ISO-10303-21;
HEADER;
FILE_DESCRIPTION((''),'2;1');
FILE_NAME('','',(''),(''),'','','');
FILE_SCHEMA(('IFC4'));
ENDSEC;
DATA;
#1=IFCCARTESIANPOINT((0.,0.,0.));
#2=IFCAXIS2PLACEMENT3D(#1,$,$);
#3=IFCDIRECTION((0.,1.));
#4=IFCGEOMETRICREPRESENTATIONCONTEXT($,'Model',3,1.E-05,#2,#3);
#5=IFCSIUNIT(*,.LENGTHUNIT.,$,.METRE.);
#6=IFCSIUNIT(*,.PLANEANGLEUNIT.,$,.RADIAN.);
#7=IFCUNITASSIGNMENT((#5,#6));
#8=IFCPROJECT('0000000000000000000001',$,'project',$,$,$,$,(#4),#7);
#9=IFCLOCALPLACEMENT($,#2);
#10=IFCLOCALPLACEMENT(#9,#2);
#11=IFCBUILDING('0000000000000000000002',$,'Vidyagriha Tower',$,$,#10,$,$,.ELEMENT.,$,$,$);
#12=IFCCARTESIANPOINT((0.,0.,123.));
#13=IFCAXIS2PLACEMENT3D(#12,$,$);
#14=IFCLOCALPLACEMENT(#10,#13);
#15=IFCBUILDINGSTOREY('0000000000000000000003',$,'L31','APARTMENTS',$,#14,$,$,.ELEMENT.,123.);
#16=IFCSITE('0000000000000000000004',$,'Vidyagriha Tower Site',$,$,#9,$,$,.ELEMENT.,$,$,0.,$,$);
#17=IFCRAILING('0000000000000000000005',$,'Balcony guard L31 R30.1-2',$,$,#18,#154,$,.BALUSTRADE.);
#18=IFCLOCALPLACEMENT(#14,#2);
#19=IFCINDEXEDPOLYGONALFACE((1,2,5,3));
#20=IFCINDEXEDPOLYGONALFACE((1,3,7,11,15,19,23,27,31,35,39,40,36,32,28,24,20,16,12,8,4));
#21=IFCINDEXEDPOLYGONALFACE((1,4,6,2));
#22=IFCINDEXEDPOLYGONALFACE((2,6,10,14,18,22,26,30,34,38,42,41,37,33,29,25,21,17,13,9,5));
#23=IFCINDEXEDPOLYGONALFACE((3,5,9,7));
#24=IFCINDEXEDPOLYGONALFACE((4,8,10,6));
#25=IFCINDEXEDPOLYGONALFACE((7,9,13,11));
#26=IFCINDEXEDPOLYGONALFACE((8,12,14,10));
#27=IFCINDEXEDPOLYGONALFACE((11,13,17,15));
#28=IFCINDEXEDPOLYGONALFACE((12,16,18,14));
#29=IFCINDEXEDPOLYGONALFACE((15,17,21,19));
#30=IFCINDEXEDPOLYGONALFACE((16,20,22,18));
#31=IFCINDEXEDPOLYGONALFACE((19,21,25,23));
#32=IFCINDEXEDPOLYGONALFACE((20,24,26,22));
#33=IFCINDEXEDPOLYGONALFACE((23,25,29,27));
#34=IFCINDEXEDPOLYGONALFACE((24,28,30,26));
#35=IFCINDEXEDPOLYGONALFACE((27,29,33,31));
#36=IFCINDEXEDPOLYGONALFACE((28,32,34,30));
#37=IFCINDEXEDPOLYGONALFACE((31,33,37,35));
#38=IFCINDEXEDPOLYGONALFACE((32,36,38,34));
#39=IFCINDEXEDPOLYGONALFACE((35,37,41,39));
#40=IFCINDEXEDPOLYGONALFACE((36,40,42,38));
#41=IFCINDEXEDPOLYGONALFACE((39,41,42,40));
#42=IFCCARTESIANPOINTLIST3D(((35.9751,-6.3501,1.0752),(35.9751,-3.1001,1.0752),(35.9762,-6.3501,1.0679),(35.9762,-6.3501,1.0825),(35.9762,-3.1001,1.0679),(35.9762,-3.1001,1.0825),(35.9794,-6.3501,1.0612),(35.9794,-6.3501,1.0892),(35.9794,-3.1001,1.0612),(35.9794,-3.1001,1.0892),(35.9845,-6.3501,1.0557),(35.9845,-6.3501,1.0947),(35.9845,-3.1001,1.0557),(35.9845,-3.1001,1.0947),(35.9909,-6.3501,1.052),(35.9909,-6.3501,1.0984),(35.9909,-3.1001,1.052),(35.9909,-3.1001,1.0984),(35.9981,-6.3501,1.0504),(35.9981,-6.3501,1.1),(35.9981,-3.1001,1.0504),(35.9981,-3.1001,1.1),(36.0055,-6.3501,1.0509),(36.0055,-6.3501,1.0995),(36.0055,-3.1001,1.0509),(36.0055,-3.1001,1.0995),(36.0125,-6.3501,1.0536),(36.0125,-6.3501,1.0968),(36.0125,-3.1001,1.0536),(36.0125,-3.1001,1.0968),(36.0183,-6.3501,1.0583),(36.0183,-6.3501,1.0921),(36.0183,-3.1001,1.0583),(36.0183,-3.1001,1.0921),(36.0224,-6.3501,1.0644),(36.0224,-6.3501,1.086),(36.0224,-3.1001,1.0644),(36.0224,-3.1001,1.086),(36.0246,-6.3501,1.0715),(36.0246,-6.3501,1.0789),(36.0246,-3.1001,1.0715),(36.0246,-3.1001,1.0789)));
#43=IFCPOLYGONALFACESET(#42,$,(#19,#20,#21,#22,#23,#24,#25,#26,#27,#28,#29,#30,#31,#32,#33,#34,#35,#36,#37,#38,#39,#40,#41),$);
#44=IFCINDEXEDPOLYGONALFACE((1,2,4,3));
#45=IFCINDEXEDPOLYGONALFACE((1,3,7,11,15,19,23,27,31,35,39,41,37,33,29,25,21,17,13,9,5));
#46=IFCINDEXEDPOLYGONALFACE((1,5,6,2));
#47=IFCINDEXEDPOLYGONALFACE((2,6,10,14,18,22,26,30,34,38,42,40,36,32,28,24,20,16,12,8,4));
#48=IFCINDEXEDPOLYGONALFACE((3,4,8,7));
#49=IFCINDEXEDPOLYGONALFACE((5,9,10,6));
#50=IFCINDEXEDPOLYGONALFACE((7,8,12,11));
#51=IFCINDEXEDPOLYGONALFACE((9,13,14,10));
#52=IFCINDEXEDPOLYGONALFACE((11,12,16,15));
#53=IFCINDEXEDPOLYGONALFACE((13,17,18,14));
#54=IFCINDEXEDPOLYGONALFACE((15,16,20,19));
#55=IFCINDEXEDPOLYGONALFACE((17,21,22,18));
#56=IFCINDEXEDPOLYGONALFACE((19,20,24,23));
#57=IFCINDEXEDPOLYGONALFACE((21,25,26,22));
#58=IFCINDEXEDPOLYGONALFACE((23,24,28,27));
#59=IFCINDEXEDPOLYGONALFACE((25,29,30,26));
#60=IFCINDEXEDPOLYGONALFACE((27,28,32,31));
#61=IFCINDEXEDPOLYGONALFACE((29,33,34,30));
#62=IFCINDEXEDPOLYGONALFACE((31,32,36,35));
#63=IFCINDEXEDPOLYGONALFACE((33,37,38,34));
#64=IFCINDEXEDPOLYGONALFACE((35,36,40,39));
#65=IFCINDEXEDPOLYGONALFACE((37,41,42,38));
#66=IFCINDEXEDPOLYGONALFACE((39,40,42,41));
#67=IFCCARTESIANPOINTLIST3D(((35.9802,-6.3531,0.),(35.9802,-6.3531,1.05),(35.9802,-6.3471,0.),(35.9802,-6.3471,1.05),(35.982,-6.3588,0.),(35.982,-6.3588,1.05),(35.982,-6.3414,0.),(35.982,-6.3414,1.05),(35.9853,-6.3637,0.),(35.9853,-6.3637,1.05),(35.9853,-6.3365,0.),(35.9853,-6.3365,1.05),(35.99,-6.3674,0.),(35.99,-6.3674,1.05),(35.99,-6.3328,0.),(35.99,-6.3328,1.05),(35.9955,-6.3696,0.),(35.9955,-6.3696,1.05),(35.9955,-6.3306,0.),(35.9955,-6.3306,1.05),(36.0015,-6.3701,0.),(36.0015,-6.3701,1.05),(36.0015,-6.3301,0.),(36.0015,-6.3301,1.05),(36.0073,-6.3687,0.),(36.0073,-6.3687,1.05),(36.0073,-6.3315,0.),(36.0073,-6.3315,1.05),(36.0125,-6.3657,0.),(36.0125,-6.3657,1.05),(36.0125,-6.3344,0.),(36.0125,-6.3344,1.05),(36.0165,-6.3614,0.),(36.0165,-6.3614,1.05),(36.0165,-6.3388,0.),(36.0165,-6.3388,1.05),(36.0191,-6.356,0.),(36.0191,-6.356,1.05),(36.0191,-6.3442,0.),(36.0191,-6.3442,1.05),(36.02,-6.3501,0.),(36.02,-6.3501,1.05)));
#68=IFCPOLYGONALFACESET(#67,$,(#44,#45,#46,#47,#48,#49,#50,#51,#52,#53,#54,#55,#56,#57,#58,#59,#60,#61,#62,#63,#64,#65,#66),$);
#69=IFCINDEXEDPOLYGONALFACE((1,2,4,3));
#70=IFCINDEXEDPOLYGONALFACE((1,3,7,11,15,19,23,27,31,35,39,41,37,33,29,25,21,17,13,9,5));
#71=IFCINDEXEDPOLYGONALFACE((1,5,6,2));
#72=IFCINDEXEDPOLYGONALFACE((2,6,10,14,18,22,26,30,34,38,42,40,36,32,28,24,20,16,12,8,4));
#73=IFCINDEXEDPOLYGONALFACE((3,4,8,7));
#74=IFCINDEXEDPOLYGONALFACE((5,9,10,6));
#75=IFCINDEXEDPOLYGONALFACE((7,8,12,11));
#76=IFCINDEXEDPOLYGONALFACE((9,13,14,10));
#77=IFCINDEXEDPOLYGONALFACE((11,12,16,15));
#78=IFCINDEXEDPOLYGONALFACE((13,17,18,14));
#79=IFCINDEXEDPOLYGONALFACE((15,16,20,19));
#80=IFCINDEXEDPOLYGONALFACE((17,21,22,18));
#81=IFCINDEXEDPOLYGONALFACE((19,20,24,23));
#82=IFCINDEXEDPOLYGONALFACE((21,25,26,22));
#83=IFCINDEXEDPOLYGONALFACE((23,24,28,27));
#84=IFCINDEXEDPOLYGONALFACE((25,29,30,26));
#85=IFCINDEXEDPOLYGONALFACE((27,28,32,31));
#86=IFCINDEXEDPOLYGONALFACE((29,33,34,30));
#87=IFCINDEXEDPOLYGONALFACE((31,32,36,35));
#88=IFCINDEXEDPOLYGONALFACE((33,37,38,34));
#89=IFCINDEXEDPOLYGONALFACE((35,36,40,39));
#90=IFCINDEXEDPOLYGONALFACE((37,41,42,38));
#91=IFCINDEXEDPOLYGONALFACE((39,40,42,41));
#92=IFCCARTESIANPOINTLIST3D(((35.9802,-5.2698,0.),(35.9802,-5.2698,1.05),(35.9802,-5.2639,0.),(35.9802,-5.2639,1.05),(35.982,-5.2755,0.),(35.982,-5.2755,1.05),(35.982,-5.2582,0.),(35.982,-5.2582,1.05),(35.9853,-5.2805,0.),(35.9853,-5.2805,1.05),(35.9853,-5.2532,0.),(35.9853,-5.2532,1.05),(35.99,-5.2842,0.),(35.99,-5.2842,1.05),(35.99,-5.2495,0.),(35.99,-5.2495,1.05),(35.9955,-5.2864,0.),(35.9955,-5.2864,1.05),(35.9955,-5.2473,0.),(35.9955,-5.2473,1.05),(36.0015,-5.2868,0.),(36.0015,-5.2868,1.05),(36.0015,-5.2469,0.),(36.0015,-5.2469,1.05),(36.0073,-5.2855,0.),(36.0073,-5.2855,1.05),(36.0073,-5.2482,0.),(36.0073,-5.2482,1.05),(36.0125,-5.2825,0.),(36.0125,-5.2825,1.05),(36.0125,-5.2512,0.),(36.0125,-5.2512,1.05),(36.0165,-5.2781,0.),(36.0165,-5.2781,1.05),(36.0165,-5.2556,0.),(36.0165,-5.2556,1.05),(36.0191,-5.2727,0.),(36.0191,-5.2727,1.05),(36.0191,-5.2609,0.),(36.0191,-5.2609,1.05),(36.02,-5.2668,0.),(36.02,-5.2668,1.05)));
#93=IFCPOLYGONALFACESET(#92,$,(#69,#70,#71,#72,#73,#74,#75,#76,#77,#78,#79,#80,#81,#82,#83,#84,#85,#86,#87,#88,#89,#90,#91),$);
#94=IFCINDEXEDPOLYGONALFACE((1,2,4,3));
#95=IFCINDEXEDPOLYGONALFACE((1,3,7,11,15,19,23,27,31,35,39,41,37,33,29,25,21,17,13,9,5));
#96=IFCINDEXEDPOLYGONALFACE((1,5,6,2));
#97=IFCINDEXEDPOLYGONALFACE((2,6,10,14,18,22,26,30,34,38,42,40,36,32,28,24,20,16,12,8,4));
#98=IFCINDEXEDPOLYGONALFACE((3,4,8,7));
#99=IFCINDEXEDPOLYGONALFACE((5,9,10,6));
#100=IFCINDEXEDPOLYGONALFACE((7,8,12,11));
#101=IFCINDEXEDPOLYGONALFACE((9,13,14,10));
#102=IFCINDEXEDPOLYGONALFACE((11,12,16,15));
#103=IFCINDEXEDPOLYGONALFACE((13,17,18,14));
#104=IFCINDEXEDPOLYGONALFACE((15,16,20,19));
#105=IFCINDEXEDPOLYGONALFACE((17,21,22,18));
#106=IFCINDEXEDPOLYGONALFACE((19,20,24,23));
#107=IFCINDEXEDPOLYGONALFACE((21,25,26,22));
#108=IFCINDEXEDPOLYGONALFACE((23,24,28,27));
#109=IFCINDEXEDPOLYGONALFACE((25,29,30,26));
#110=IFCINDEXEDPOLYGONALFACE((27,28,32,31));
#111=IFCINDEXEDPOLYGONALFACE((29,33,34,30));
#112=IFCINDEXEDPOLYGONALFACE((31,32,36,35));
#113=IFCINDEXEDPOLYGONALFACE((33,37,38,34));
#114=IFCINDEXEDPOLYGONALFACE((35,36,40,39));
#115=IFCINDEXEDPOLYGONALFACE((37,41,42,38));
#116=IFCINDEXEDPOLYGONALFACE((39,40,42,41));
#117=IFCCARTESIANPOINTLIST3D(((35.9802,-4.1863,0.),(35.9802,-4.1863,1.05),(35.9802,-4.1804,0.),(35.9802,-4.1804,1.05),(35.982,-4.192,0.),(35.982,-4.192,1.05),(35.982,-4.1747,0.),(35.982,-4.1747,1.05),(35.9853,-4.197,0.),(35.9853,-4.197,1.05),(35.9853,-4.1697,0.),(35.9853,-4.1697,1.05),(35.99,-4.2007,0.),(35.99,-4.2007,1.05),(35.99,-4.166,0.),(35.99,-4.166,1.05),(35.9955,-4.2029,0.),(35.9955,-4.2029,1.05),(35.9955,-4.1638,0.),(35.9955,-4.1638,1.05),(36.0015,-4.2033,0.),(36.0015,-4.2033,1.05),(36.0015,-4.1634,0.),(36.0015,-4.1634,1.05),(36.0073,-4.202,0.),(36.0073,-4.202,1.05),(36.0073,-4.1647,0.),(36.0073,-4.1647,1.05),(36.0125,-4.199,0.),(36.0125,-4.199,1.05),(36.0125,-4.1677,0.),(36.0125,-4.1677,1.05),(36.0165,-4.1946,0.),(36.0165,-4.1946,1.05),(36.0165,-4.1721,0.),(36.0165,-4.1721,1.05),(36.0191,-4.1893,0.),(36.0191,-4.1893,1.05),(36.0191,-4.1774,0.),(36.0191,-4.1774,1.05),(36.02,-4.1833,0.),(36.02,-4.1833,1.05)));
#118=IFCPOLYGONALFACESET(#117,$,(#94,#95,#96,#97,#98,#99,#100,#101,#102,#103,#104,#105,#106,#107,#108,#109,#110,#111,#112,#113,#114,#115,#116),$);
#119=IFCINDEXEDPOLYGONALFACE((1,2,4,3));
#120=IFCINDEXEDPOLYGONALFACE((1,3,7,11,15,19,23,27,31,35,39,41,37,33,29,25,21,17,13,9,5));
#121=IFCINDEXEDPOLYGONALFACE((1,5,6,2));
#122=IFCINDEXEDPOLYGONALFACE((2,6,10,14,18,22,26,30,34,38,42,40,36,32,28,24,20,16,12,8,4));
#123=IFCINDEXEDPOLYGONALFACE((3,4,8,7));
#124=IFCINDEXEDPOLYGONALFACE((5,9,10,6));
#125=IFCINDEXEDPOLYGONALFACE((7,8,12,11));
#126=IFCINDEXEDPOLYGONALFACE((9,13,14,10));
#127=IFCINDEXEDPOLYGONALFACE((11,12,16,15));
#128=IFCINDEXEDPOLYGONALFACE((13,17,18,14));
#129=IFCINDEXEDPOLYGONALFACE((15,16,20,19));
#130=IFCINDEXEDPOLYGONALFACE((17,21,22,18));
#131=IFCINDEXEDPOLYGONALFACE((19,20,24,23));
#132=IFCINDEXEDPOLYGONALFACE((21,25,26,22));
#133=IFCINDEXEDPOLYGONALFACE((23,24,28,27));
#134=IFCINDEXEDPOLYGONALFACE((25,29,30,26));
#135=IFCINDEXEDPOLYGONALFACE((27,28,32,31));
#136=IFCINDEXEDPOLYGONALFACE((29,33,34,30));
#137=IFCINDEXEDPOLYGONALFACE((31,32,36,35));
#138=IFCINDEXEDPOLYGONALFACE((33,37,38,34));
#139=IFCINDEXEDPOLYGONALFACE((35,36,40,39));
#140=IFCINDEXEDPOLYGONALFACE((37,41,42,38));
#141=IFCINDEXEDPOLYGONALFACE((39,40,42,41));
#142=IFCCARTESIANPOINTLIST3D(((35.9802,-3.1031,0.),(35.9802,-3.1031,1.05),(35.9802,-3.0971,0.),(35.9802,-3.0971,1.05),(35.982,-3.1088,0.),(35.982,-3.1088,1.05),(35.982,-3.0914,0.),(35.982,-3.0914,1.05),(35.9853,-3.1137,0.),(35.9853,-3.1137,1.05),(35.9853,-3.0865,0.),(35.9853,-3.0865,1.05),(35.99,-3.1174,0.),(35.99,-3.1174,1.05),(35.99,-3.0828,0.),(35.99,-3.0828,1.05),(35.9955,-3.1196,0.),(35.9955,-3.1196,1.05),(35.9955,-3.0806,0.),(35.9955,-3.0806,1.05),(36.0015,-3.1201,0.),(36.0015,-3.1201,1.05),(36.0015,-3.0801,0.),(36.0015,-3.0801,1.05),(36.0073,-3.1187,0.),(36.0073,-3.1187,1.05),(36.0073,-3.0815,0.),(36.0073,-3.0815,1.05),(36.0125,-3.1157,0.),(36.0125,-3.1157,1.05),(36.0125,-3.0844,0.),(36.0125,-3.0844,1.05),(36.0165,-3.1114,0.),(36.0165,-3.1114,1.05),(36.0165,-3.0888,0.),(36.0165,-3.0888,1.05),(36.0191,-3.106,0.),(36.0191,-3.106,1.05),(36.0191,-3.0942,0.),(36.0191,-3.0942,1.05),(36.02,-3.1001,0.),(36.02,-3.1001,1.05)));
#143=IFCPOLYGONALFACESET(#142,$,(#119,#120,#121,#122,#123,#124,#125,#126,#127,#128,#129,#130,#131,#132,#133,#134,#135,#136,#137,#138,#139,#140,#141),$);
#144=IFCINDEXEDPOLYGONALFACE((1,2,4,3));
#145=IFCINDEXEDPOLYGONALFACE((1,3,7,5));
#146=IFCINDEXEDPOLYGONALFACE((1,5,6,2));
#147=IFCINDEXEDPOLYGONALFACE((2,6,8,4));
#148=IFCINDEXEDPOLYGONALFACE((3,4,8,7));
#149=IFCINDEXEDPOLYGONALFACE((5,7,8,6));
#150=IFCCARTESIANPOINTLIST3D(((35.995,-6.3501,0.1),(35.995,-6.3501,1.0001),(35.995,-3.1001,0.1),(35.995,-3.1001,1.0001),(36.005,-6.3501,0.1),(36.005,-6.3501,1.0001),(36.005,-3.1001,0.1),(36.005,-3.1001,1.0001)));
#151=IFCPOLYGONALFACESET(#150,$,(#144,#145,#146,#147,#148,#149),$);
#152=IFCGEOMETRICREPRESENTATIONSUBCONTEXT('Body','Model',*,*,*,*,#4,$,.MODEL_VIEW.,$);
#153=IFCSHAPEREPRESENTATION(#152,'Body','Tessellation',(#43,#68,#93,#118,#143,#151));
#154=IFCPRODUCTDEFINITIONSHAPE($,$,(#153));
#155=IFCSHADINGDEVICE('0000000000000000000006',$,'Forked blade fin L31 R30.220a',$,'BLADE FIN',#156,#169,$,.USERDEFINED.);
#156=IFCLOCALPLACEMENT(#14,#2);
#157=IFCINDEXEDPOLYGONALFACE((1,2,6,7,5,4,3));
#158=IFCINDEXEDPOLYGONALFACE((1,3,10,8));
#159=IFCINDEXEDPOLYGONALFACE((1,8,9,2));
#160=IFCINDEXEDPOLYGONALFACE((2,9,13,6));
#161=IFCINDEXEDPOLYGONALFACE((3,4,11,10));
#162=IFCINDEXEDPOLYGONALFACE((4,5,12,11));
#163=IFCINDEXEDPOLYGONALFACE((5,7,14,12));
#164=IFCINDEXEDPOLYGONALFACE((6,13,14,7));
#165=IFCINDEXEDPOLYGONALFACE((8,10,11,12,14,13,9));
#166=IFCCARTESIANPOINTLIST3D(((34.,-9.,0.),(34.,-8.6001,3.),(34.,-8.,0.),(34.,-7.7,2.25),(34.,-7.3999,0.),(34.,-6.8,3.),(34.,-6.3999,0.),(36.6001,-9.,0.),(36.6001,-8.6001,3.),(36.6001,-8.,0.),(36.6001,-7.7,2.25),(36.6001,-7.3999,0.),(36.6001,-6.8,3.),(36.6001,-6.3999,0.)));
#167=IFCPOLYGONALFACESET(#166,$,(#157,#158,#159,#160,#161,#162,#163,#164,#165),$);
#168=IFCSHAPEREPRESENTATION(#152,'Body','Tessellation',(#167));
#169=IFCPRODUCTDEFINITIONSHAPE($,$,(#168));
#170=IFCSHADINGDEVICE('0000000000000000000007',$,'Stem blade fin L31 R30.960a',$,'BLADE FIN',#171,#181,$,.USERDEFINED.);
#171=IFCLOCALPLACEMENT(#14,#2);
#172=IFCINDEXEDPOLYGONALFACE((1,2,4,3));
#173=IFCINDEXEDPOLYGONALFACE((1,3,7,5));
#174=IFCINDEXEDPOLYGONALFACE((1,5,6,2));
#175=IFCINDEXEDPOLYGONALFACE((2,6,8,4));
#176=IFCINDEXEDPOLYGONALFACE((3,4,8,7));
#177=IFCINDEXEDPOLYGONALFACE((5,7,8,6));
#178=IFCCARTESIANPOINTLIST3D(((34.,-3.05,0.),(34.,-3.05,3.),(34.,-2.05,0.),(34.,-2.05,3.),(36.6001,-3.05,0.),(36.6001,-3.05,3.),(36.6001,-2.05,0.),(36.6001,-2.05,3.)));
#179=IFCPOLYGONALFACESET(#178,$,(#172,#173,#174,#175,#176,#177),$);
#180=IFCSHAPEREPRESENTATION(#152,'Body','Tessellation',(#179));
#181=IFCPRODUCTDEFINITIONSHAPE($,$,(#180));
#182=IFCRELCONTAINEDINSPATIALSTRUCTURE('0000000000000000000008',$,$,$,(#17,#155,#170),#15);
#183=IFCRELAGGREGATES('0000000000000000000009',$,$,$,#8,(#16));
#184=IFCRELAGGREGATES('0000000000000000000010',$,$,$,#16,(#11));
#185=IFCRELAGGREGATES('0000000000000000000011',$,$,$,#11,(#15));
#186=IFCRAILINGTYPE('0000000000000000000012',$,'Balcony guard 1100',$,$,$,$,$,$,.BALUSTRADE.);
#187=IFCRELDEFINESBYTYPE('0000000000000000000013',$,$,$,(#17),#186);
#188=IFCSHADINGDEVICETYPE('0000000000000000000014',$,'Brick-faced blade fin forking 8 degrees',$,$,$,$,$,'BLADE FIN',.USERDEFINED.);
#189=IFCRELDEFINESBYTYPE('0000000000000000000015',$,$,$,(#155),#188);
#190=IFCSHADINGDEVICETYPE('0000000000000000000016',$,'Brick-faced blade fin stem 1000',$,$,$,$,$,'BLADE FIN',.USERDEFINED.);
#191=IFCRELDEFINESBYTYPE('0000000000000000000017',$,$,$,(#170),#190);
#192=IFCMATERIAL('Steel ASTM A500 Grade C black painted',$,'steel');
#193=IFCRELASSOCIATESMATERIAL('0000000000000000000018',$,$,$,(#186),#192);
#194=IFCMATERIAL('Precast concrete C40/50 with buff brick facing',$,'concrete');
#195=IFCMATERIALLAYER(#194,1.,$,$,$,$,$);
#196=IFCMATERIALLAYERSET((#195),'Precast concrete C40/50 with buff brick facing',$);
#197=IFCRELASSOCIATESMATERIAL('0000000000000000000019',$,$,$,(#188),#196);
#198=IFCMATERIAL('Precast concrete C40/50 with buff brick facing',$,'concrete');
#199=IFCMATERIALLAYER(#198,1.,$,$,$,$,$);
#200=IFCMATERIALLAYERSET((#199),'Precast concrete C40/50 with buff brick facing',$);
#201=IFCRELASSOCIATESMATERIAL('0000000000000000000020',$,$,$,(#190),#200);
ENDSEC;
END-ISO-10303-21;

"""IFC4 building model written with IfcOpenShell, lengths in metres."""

from ifc_helpers import new_model, si_unit, direction, frame, origin, origin_2d, place, context, subcontext, project, spatial, polyline, rectangle, circle, outline, extrude, material, layer, layer_set, type_object, element, save


model = new_model("IFC4")

# Units and contexts
model_context = context("Model", 3, precision=1e-05, world=origin(), true_north=direction((0.0, 1.0)))
body_context = subcontext(model_context, "Body", "Model", "MODEL_VIEW")
ifc_project = project(units=[si_unit("LENGTHUNIT", "METRE"), si_unit("PLANEANGLEUNIT", "RADIAN")], contexts=[model_context])

# Site, building, storey
site_placement = place(None, origin())
site = spatial("IfcSite", under=ifc_project, at=site_placement, Name="Vidyagriha Tower Site", CompositionType="ELEMENT", RefElevation=0.0)
building_placement = place(site_placement, origin())
building = spatial("IfcBuilding", under=site, at=building_placement, Name="Vidyagriha Tower", CompositionType="ELEMENT")
storey_placement = place(building_placement, frame((0.0, 0.0, 123.0)))
storey = spatial("IfcBuildingStorey", under=building, at=storey_placement, Name="L31", Description="APARTMENTS", CompositionType="ELEMENT", Elevation=123.0)

# Railing
ifc_material_1 = material(Name="Steel ASTM A500 Grade C black painted", Category="steel")
railing_type = type_object("IfcRailingType", Name="Balcony guard 1100", PredefinedType="BALUSTRADE", material=ifc_material_1)
railing_1_placement = place(storey_placement, frame((36.0, -6.3501, 0.0)))
element("IfcRailing", 1, at=railing_1_placement, inside=storey, type_object=railing_type, Name="Balcony guard L31 R30.1-2", PredefinedType="BALUSTRADE", context=body_context, shape_type="SweptSolid", body=[
    extrude(circle(Radius=0.0249, at=origin_2d()), frame((0.0, 0.0, 1.0752), z_axis=(0.0, 1.0, 0.0), x_axis=(-1.0, 0.0, 0.0)), (0.0, 0.0, 1.0), 3.25),
    extrude(circle(Radius=0.02, at=origin_2d()), origin(), (0.0, 0.0, 1.0), 1.05),
    extrude(circle(Radius=0.02, at=origin_2d()), frame((0.0, 1.0833, 0.0)), (0.0, 0.0, 1.0), 1.05),
    extrude(circle(Radius=0.02, at=origin_2d()), frame((0.0, 2.1667, 0.0)), (0.0, 0.0, 1.0), 1.05),
    extrude(circle(Radius=0.02, at=origin_2d()), frame((0.0, 3.25, 0.0)), (0.0, 0.0, 1.0), 1.05),
    extrude(rectangle(XDim=0.01, YDim=0.9001, at=origin_2d()), frame((0.0, 0.0, 0.55), z_axis=(0.0, 1.0, 0.0), x_axis=(-1.0, 0.0, 0.0)), (0.0, 0.0, 1.0), 3.25),
])

# Shading devices
ifc_material_2 = material(Name="Precast concrete C40/50 with buff brick facing", Category="concrete")
ifc_layer_1 = layer(ifc_material_2, 1.0)
ifc_layer_set_1 = layer_set([ifc_layer_1], Name="Precast concrete C40/50 with buff brick facing")
shading_device_type_1 = type_object("IfcShadingDeviceType", Name="Brick-faced blade fin forking 8 degrees", ElementType="BLADE FIN", PredefinedType="USERDEFINED", material=ifc_layer_set_1)
shading_device_1_placement = place(storey_placement, frame((35.3, -9.0, 0.0), z_axis=(0.0, 0.0, 1.0), x_axis=(0.0, 1.0, 0.0)))
element("IfcShadingDevice", 2, at=shading_device_1_placement, inside=storey, type_object=shading_device_type_1, Name="Forked blade fin L31 R30.220a", ObjectType="BLADE FIN", PredefinedType="USERDEFINED", context=body_context, shape_type="SweptSolid", body=[
    extrude(outline(polyline([(1.0, 0.0), (1.3, 2.25), (1.6001, 0.0), (2.6001, 0.0), (2.2, 3.0), (0.3999, 3.0), (0.0, 0.0), (1.0, 0.0)])), frame((0.0, 1.3, 0.0), z_axis=(0.0, -1.0, 0.0), x_axis=(1.0, 0.0, 0.0)), (0.0, 0.0, 1.0), 2.6001),
])
ifc_material_3 = material(Name="Precast concrete C40/50 with buff brick facing", Category="concrete")
ifc_layer_2 = layer(ifc_material_3, 1.0)
ifc_layer_set_2 = layer_set([ifc_layer_2], Name="Precast concrete C40/50 with buff brick facing")
shading_device_type_2 = type_object("IfcShadingDeviceType", Name="Brick-faced blade fin stem 1000", ElementType="BLADE FIN", PredefinedType="USERDEFINED", material=ifc_layer_set_2)
shading_device_2_placement = place(storey_placement, frame((35.3, -3.05, 0.0), z_axis=(0.0, 0.0, 1.0), x_axis=(0.0, 1.0, 0.0)))
element("IfcShadingDevice", 3, at=shading_device_2_placement, inside=storey, type_object=shading_device_type_2, Name="Stem blade fin L31 R30.960a", ObjectType="BLADE FIN", PredefinedType="USERDEFINED", context=body_context, shape_type="SweptSolid", body=[
    extrude(outline(polyline([(0.0, 0.0), (1.0, 0.0), (1.0, 3.0), (0.0, 3.0), (0.0, 0.0)])), frame((0.0, 1.3, 0.0), z_axis=(0.0, -1.0, 0.0), x_axis=(1.0, 0.0, 0.0)), (0.0, 0.0, 1.0), 2.6001),
])

save(model, "model.ifc")
